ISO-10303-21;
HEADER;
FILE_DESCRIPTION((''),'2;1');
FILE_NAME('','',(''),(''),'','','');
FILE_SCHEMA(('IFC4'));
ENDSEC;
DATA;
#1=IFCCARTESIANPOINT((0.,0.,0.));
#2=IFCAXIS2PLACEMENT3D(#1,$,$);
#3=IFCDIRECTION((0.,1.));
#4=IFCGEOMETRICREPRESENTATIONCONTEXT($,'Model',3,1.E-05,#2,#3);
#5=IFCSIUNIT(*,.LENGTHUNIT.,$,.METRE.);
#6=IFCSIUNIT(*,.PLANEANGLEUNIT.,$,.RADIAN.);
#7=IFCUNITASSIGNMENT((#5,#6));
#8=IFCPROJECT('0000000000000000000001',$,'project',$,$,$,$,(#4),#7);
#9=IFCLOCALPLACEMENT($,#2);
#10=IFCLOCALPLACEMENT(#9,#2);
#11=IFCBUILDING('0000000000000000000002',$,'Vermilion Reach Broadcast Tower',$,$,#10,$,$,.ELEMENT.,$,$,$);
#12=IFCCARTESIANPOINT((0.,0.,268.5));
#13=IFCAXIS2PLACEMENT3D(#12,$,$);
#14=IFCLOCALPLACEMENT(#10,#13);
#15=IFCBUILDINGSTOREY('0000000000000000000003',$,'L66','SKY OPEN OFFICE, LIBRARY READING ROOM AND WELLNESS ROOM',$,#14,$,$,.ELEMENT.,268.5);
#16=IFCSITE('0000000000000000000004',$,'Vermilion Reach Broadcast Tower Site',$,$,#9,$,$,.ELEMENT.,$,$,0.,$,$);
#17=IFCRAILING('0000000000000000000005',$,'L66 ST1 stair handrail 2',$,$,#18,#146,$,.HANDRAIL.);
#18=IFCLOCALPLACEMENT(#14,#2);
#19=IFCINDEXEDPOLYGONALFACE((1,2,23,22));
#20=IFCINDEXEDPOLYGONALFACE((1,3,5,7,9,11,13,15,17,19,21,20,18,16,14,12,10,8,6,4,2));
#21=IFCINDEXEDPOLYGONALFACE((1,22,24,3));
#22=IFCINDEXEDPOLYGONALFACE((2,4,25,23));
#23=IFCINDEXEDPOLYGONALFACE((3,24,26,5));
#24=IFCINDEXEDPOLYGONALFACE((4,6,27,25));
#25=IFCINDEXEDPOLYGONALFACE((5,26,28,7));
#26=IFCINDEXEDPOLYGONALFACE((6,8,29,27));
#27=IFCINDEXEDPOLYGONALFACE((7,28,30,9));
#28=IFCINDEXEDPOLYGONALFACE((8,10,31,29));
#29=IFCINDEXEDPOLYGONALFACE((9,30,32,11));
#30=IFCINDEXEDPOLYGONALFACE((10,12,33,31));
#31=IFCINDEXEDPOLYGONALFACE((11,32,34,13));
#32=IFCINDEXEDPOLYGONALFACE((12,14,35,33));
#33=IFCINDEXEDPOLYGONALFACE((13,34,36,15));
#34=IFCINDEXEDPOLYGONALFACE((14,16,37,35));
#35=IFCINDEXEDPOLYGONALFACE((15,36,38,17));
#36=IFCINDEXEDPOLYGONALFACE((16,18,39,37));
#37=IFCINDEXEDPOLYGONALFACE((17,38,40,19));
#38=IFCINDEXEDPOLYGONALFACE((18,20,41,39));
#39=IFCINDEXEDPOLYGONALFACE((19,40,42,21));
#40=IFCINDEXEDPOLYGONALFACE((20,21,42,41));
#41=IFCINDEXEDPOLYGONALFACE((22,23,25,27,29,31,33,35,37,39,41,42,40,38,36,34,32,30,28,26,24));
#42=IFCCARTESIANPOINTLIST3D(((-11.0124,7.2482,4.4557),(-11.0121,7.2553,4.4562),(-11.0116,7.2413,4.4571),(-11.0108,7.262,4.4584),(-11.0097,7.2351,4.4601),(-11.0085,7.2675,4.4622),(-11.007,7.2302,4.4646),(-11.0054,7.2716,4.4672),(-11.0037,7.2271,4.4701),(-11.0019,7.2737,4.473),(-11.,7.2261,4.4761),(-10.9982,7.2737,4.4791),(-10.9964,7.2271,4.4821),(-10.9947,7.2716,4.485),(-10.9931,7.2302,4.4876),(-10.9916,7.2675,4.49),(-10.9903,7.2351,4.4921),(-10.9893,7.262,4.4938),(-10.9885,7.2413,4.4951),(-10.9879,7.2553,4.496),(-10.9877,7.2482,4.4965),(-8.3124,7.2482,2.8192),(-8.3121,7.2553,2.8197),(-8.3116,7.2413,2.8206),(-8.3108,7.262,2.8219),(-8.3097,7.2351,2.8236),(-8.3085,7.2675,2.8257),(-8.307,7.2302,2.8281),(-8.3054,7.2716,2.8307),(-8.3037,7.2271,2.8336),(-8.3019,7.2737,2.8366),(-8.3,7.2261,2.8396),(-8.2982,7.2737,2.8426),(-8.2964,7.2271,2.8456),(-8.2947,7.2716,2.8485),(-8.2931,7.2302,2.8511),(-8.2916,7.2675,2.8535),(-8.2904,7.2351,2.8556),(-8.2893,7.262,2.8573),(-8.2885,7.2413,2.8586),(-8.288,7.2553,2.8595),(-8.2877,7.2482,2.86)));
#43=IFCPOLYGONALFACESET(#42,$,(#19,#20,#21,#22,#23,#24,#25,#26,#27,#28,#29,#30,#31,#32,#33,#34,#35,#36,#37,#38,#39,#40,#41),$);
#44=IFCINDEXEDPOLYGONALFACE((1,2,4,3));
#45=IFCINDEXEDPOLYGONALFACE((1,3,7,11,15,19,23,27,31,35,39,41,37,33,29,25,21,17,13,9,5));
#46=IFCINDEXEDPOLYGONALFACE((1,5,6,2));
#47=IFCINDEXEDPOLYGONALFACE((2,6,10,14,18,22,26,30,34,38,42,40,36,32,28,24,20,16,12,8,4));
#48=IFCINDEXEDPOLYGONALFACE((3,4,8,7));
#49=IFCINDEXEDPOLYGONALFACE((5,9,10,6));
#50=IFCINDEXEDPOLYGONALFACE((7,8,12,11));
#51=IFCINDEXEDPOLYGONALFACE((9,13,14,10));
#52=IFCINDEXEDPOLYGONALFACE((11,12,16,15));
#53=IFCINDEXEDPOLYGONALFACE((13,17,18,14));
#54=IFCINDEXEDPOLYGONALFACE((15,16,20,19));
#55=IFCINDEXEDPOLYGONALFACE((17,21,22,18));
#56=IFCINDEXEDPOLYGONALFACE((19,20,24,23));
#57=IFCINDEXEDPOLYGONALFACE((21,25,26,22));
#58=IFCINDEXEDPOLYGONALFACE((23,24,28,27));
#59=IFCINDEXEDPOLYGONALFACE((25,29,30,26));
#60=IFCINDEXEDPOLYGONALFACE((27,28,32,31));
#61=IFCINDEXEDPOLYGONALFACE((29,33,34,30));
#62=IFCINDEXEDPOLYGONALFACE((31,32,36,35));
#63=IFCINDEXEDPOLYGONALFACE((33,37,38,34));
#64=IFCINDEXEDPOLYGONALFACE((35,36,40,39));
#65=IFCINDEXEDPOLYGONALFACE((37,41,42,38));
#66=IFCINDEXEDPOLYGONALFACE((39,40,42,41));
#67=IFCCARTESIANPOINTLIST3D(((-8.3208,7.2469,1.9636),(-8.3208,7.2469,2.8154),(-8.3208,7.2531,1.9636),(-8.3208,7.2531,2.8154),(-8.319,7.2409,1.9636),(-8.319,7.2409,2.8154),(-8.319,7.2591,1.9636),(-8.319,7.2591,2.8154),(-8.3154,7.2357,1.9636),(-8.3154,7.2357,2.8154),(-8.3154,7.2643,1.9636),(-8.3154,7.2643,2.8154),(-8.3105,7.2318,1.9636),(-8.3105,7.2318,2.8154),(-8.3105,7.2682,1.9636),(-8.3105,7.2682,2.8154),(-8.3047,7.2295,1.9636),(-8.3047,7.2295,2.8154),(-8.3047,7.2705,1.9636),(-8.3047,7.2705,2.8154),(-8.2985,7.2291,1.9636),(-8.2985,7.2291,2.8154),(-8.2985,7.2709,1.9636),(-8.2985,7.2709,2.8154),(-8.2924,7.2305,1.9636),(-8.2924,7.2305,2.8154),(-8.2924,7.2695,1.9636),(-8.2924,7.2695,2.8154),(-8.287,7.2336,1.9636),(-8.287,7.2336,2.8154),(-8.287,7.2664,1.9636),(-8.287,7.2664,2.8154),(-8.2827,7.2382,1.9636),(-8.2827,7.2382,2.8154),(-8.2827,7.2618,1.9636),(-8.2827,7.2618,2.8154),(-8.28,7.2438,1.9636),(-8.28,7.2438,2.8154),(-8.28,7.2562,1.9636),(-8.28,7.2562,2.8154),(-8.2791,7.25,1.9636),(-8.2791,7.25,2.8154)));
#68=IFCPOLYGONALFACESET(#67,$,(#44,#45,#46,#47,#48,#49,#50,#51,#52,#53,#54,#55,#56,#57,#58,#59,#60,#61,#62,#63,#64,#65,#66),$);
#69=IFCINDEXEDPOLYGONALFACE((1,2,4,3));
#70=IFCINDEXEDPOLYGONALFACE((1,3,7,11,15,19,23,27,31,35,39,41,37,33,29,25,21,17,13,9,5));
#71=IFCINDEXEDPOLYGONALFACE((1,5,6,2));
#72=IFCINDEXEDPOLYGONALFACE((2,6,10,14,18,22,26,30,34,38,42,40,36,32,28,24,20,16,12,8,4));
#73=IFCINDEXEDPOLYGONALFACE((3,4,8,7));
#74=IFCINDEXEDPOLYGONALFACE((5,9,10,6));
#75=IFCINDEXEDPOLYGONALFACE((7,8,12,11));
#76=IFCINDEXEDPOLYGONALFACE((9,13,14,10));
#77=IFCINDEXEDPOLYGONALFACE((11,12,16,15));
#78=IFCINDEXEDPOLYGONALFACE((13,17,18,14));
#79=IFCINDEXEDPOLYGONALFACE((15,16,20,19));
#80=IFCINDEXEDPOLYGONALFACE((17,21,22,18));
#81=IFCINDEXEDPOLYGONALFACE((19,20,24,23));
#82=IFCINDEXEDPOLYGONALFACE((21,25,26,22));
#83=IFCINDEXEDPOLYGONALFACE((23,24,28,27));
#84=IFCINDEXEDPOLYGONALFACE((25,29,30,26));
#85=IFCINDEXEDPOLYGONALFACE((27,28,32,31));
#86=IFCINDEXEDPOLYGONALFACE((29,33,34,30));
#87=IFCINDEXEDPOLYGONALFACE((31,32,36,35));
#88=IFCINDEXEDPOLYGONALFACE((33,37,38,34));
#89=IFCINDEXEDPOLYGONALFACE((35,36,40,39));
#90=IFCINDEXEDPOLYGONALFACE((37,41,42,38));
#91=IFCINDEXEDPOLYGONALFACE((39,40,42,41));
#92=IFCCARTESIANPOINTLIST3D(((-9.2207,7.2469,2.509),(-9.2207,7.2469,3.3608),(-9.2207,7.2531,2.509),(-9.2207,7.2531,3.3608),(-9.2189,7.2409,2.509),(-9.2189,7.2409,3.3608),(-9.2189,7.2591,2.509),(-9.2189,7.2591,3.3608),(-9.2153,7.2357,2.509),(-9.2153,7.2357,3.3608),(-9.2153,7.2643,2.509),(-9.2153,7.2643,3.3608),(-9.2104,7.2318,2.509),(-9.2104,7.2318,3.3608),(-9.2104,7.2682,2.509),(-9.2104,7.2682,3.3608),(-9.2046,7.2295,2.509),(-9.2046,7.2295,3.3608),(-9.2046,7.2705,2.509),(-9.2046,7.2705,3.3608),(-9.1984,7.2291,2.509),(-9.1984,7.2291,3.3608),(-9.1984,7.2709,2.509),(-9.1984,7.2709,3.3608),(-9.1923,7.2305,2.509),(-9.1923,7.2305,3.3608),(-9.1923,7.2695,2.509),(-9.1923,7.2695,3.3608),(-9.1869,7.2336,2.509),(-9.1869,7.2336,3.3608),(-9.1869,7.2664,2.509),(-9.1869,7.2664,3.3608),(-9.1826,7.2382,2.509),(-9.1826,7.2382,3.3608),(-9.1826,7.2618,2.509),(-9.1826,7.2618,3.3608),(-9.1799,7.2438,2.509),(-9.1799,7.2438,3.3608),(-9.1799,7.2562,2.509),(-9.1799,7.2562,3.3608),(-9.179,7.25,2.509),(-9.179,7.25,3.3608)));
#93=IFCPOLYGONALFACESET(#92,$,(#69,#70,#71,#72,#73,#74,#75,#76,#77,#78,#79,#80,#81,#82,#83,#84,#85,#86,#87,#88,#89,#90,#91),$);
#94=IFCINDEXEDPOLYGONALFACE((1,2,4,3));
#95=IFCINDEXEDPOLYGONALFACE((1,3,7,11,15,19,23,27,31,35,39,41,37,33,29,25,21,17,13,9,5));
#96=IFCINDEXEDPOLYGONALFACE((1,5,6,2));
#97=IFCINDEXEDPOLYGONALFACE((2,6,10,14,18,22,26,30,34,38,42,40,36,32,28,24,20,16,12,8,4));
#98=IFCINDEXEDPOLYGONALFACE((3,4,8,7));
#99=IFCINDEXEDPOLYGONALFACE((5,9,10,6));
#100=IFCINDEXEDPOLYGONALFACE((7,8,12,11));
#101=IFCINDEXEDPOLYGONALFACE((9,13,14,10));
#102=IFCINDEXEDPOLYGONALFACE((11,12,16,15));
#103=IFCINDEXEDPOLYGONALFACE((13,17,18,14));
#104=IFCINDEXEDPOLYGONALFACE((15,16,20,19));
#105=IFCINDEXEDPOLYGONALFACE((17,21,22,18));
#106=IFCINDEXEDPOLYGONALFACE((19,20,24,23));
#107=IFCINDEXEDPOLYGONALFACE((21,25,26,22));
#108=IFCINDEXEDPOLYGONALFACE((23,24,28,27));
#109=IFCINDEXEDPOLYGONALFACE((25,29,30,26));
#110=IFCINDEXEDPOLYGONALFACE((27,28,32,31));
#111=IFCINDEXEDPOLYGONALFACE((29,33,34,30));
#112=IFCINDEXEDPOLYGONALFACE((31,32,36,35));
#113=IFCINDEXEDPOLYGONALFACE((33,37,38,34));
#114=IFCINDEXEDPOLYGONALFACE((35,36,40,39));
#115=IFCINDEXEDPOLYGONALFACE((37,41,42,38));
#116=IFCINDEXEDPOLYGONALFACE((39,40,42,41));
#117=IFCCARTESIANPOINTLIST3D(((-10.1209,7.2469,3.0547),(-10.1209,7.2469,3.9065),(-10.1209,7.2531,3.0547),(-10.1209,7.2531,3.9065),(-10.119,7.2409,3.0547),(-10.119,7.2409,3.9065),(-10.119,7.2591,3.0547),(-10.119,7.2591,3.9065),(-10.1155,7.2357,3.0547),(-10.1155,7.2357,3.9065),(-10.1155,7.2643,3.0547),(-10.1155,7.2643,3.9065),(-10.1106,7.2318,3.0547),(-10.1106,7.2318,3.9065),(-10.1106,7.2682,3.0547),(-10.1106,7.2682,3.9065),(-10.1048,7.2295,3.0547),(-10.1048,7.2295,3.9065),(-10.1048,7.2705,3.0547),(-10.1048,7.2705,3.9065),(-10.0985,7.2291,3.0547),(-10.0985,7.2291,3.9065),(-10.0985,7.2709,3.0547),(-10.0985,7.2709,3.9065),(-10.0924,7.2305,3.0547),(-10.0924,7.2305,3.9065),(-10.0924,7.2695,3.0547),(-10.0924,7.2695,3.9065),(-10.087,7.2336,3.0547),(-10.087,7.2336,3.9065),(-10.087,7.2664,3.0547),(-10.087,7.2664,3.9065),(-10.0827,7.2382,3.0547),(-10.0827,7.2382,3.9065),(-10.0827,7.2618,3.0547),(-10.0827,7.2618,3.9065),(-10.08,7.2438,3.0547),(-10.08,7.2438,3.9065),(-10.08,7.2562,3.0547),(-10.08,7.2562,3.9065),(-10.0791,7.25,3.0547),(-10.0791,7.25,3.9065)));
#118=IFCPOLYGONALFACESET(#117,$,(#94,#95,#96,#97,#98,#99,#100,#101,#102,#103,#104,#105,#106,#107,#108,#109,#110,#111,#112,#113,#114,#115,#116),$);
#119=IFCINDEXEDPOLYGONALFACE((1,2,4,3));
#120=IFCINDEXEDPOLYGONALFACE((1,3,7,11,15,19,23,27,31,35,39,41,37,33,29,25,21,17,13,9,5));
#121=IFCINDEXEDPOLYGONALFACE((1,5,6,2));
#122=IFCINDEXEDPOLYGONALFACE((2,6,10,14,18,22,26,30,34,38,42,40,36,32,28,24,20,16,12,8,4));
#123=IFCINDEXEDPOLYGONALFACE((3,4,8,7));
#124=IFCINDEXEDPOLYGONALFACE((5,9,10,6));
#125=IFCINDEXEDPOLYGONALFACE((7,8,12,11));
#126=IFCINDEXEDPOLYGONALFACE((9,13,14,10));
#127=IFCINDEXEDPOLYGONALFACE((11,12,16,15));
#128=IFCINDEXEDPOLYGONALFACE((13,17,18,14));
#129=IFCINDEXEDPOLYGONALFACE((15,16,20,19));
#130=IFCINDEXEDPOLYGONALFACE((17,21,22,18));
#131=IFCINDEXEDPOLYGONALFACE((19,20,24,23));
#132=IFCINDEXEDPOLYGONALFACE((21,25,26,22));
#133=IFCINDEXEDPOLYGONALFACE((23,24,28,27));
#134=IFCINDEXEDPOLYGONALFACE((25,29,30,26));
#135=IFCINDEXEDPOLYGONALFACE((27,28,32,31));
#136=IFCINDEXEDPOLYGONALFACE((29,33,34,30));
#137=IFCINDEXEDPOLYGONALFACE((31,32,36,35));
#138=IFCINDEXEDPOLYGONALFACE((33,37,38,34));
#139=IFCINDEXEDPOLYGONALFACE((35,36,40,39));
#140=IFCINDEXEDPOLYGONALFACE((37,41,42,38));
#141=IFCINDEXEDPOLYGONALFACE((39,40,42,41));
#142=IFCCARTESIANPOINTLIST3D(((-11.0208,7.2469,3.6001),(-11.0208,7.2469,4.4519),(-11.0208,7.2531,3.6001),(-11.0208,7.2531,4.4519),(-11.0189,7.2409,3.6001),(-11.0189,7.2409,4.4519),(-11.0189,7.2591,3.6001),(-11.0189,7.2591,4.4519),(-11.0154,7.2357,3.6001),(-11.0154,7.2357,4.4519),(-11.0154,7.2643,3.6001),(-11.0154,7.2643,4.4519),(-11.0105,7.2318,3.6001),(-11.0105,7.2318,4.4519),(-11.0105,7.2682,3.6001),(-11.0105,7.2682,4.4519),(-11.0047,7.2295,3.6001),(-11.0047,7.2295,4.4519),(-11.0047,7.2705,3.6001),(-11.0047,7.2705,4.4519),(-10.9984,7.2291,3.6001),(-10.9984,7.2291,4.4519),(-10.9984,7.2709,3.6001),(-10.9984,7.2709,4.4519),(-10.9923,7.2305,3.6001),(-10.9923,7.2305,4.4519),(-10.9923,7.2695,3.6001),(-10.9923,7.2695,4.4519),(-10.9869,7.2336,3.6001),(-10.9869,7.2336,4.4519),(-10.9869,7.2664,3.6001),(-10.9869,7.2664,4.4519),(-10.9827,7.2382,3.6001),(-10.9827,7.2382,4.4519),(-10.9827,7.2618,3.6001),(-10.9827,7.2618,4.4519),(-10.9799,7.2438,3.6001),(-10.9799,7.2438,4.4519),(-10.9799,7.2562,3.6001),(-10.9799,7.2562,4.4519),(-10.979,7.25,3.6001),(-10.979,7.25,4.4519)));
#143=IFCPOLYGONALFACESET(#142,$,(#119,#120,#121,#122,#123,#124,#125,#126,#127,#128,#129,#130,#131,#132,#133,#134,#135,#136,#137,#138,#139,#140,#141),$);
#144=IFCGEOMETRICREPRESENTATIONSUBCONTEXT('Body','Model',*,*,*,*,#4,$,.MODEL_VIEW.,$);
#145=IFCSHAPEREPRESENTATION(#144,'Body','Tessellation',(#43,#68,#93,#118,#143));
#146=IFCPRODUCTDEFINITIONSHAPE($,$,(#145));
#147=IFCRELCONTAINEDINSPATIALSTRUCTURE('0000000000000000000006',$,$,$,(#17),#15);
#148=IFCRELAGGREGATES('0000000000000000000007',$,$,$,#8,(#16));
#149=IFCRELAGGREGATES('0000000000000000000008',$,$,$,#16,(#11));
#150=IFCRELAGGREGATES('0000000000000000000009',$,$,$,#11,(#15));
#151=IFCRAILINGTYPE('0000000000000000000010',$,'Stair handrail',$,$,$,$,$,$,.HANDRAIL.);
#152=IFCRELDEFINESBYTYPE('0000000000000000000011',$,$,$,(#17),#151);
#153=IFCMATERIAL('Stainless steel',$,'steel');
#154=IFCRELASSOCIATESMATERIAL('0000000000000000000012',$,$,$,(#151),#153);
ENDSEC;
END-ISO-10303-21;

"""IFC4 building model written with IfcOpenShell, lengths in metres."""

from ifc_helpers import new_model, si_unit, direction, frame, origin, origin_2d, place, context, subcontext, project, spatial, circle, extrude, material, type_object, element, save


model = new_model("IFC4")

# Units and contexts
model_context = context("Model", 3, precision=1e-05, world=origin(), true_north=direction((0.0, 1.0)))
body_context = subcontext(model_context, "Body", "Model", "MODEL_VIEW")
ifc_project = project(units=[si_unit("LENGTHUNIT", "METRE"), si_unit("PLANEANGLEUNIT", "RADIAN")], contexts=[model_context])

# Site, building, storey
site_placement = place(None, origin())
site = spatial("IfcSite", under=ifc_project, at=site_placement, Name="Vermilion Reach Broadcast Tower Site", CompositionType="ELEMENT", RefElevation=0.0)
building_placement = place(site_placement, origin())
building = spatial("IfcBuilding", under=site, at=building_placement, Name="Vermilion Reach Broadcast Tower", CompositionType="ELEMENT")
storey_placement = place(building_placement, frame((0.0, 0.0, 268.5)))
storey = spatial("IfcBuildingStorey", under=building, at=storey_placement, Name="L66", Description="SKY OPEN OFFICE, LIBRARY READING ROOM AND WELLNESS ROOM", CompositionType="ELEMENT", Elevation=268.5)

# Railing
ifc_material_1 = material(Name="Stainless steel", Category="steel")
railing_type_1 = type_object("IfcRailingType", Name="Stair handrail", PredefinedType="HANDRAIL", material=ifc_material_1)
railing_1_placement = place(storey_placement, frame((-8.3, 7.25, 1.9636)))
element("IfcRailing", 1, at=railing_1_placement, inside=storey, type_object=railing_type_1, Name="L66 ST1 stair handrail 2", PredefinedType="HANDRAIL", context=body_context, shape_type="SweptSolid", body=[
    extrude(circle(Radius=0.0239, at=origin_2d()), frame((0.0, 0.0, 0.876), z_axis=(-0.855178, 0.0, 0.518334), x_axis=(0.0, -1.0, 0.0)), (0.0, 0.0, 1.0), 3.1572),
    extrude(circle(Radius=0.021, at=origin_2d()), origin(), (0.0, 0.0, 1.0), 0.8518),
    extrude(circle(Radius=0.021, at=origin_2d()), frame((-0.8999, 0.0, 0.5454)), (0.0, 0.0, 1.0), 0.8518),
    extrude(circle(Radius=0.021, at=origin_2d()), frame((-1.8, 0.0, 1.0911)), (0.0, 0.0, 1.0), 0.8518),
    extrude(circle(Radius=0.021, at=origin_2d()), frame((-2.7, 0.0, 1.6365)), (0.0, 0.0, 1.0), 0.8518),
])

save(model, "model.ifc")
